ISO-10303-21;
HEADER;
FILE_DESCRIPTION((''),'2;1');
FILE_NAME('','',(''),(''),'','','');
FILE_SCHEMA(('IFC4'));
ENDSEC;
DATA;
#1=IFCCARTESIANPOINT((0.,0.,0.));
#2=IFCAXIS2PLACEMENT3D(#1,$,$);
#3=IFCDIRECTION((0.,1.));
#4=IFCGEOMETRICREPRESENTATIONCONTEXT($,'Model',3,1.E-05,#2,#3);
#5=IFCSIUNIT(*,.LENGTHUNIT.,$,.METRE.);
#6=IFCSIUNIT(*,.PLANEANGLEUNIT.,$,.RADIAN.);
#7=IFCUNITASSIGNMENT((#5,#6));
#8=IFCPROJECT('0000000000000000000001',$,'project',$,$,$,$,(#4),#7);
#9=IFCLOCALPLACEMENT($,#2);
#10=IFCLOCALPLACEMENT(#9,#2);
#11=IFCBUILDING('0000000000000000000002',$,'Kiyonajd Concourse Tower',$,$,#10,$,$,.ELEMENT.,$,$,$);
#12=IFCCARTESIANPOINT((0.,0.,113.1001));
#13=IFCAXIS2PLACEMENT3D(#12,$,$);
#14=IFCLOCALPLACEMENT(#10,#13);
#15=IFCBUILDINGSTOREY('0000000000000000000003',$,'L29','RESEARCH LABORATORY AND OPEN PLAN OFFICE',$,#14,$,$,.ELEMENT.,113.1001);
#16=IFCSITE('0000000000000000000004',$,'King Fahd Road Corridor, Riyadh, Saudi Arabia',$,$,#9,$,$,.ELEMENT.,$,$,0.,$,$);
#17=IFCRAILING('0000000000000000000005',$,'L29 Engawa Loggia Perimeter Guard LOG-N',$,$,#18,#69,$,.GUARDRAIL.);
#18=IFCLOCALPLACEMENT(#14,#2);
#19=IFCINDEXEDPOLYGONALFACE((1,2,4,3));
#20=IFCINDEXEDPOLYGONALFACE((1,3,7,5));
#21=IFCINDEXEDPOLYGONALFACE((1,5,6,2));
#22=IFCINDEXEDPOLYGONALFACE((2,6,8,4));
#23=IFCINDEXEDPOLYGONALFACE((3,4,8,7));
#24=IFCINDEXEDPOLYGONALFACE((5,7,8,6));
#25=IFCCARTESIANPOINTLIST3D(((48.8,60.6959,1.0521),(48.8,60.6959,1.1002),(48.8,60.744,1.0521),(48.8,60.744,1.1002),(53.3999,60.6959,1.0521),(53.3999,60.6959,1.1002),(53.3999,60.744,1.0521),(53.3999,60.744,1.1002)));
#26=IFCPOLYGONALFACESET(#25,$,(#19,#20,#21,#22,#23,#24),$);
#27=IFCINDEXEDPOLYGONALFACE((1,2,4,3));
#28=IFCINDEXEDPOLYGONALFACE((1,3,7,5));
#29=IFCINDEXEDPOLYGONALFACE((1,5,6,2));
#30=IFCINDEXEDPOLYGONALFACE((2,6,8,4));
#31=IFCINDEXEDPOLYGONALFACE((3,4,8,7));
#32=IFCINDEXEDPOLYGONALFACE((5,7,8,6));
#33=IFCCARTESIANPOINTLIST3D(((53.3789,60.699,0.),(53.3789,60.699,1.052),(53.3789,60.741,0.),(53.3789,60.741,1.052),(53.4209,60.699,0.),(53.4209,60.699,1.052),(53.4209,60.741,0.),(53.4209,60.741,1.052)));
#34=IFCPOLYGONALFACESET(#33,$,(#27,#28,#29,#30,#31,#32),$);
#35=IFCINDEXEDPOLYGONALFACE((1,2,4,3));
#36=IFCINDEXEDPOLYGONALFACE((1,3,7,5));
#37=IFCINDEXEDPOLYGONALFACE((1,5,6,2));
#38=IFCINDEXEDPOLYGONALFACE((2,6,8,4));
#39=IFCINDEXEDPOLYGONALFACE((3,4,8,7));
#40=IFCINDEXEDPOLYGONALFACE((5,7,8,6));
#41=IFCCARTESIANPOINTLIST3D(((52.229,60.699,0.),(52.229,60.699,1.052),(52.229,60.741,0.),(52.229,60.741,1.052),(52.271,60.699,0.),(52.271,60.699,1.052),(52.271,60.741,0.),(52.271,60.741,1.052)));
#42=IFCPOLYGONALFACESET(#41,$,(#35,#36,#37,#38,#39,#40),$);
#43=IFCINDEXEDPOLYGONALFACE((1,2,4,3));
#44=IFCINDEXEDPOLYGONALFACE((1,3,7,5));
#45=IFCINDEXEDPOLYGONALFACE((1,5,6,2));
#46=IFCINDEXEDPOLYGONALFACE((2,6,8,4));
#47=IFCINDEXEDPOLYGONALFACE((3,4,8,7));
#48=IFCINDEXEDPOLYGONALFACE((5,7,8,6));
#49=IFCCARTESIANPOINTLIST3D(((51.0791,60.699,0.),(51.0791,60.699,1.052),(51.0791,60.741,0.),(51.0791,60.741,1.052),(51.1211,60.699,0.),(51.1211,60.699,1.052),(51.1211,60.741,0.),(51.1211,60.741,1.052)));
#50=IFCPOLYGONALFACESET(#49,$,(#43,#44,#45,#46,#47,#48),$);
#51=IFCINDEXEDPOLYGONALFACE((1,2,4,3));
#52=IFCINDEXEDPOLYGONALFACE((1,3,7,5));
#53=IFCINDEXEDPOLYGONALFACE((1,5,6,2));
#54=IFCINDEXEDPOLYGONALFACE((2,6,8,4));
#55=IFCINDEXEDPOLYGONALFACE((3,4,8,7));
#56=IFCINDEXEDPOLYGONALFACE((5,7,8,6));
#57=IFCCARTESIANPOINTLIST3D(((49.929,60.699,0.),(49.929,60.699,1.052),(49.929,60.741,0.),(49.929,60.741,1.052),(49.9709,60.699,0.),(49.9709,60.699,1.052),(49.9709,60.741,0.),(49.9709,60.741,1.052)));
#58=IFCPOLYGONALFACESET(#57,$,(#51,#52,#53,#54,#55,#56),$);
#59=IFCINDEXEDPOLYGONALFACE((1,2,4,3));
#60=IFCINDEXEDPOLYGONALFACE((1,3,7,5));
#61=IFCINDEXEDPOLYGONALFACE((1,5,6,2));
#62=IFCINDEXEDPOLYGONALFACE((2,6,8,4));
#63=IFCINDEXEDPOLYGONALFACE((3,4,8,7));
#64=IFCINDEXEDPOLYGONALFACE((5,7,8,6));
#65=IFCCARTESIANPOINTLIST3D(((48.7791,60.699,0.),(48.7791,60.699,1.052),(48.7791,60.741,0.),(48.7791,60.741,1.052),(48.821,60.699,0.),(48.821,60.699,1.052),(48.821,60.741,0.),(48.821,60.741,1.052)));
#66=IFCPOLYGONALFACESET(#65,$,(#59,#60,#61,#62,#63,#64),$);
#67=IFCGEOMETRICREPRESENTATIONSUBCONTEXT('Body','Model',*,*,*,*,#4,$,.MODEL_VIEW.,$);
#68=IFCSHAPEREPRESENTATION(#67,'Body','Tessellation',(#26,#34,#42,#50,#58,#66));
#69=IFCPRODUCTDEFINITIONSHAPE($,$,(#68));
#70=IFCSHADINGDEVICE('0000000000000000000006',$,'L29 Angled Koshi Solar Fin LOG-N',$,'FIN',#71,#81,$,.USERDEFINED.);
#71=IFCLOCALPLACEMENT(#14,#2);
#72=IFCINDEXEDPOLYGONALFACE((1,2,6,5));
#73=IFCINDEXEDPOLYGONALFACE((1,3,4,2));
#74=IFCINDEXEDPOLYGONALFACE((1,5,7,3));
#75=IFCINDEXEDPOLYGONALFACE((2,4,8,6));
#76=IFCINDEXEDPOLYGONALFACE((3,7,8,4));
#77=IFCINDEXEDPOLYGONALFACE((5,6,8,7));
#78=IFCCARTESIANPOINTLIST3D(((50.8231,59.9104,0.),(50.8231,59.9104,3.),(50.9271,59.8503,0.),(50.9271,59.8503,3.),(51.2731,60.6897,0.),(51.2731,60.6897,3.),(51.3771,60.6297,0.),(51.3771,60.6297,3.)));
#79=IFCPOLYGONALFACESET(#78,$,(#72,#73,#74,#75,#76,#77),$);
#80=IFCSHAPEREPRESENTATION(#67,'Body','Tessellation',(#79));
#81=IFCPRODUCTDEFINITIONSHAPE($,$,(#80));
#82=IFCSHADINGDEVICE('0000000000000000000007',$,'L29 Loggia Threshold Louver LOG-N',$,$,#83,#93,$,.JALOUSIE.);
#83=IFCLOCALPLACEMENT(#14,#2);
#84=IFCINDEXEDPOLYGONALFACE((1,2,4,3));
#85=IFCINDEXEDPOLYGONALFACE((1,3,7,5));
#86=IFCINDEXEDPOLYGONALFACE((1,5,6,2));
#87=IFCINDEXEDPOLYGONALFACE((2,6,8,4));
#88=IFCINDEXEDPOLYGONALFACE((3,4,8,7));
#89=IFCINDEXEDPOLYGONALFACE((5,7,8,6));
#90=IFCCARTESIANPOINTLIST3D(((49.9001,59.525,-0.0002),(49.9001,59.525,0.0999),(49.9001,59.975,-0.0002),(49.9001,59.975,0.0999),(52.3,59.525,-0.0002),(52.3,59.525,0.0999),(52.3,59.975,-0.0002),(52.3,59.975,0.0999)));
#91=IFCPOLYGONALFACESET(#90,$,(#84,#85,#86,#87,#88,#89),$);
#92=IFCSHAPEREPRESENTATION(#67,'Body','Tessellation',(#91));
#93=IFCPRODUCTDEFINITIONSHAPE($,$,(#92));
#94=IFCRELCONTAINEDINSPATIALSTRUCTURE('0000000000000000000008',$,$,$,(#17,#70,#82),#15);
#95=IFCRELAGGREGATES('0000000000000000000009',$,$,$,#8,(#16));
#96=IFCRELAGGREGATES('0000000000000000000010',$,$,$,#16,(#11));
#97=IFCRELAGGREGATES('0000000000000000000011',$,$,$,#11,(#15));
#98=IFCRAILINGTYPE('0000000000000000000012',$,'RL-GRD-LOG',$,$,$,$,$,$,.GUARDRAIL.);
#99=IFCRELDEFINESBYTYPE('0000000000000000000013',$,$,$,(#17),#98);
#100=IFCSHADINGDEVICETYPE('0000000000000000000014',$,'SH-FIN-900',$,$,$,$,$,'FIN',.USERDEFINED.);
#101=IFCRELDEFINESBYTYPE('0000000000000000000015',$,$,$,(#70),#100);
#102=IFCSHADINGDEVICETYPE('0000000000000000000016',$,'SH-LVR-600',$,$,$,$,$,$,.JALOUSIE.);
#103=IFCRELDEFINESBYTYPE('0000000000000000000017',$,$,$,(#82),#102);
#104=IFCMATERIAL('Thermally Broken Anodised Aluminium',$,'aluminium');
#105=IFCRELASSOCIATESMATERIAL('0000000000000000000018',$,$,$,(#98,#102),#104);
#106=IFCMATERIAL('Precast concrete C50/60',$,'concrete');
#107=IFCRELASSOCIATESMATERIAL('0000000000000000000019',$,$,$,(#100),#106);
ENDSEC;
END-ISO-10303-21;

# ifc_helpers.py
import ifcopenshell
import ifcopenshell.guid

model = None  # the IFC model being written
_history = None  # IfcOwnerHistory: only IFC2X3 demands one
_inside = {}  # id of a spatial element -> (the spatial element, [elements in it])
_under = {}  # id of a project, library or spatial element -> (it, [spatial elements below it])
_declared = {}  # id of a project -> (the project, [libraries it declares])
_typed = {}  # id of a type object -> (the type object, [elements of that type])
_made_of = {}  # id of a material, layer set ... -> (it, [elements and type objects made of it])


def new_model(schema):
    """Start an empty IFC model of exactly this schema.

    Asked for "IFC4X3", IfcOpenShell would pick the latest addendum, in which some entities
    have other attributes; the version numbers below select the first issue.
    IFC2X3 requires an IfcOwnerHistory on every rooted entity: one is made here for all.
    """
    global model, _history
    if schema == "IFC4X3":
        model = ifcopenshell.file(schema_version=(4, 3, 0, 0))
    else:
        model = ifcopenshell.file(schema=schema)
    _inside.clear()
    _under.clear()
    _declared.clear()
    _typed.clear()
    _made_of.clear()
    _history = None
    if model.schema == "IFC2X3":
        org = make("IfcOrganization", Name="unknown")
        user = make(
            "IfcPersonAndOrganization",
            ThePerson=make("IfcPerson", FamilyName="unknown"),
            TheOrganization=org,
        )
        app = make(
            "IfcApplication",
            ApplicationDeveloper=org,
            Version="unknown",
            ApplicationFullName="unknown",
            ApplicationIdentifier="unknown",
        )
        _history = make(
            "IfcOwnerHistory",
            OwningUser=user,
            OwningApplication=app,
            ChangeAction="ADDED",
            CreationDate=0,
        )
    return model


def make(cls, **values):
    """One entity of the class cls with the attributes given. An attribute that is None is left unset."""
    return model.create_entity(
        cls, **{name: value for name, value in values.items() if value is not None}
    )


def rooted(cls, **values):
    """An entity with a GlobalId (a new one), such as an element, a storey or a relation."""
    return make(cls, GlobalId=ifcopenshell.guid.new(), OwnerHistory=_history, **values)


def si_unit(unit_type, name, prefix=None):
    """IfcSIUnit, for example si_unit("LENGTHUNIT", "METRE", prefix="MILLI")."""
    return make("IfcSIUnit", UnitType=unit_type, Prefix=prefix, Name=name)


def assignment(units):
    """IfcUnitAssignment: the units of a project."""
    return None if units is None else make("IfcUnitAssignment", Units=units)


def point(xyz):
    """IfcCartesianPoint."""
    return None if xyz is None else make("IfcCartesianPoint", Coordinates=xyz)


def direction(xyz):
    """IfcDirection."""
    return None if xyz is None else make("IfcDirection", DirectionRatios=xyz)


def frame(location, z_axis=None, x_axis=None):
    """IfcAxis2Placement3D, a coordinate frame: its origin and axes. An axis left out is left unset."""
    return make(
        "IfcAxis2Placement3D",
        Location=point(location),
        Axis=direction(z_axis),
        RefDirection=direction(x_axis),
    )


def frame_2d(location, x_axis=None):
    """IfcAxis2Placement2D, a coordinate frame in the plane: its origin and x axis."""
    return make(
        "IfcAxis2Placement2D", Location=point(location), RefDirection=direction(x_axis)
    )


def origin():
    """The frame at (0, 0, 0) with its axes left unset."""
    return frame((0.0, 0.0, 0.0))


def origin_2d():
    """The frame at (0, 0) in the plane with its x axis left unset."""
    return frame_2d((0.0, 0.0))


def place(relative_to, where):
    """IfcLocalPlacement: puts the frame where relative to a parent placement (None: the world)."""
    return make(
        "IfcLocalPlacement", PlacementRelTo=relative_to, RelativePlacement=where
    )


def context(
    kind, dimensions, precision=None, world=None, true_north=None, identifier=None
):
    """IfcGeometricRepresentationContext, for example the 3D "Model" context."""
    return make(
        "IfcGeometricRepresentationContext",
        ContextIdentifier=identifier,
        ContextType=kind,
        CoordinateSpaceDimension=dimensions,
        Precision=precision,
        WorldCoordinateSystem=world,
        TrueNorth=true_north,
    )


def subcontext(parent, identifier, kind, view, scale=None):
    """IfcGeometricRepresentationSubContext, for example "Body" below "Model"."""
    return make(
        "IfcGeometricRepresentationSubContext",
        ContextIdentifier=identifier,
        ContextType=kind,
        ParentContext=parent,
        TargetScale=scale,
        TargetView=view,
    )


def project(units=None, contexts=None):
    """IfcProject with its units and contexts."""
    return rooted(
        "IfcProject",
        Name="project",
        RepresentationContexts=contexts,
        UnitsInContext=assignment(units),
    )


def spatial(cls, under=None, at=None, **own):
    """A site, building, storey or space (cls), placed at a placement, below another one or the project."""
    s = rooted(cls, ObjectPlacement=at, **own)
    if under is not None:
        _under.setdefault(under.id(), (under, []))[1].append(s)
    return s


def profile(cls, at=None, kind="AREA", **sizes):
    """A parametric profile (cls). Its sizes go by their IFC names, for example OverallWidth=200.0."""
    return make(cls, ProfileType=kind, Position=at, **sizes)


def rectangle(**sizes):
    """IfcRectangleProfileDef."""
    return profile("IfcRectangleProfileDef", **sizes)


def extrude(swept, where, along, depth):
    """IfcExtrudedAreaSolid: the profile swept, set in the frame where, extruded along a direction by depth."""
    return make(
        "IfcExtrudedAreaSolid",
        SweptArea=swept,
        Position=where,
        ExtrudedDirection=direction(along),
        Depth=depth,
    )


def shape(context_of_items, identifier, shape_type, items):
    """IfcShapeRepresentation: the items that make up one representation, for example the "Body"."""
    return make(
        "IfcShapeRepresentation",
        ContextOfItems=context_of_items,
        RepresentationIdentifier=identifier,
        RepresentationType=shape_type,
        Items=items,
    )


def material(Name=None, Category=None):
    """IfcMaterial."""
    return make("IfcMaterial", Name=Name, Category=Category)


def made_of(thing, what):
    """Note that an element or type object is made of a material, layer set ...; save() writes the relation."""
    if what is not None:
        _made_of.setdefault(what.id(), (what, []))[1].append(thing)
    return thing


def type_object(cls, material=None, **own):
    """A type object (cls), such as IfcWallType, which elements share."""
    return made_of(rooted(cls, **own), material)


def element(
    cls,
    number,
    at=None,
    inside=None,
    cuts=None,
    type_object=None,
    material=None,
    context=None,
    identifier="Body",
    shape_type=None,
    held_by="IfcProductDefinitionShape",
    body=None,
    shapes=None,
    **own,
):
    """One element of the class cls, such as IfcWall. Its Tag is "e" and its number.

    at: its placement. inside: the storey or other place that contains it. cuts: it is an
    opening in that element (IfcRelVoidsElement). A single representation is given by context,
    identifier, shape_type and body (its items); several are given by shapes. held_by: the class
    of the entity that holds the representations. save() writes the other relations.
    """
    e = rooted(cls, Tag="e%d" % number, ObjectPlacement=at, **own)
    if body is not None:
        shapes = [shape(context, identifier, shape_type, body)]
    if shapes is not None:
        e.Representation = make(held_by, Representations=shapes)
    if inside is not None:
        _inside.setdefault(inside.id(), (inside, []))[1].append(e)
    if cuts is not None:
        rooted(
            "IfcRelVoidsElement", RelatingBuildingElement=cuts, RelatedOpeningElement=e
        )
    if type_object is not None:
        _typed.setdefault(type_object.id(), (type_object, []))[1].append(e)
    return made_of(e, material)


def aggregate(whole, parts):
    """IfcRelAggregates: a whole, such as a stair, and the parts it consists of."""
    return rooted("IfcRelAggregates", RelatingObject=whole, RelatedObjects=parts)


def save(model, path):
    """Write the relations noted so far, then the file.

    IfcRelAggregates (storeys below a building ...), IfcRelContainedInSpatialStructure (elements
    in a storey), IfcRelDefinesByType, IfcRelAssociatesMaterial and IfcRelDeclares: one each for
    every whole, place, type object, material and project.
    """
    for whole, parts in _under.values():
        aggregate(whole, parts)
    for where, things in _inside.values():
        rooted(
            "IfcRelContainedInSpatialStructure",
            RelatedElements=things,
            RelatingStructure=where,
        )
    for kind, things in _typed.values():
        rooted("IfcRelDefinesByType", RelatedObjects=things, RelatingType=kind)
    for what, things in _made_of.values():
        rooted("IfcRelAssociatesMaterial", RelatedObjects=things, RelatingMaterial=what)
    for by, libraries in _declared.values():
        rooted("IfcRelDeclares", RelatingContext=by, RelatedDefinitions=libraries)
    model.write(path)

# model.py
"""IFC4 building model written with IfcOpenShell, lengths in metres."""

from ifc_helpers import new_model, si_unit, direction, frame, origin, origin_2d, place, context, subcontext, project, spatial, rectangle, extrude, material, type_object, element, save


model = new_model("IFC4")

# Units and contexts
model_context = context("Model", 3, precision=1e-05, world=origin(), true_north=direction((0.0, 1.0)))
body_context = subcontext(model_context, "Body", "Model", "MODEL_VIEW")
ifc_project = project(units=[si_unit("LENGTHUNIT", "METRE"), si_unit("PLANEANGLEUNIT", "RADIAN")], contexts=[model_context])

# Site, building, storey
site_placement = place(None, origin())
site = spatial("IfcSite", under=ifc_project, at=site_placement, Name="King Fahd Road Corridor, Riyadh, Saudi Arabia", CompositionType="ELEMENT", RefElevation=0.0)
building_placement = place(site_placement, origin())
building = spatial("IfcBuilding", under=site, at=building_placement, Name="Kiyonajd Concourse Tower", CompositionType="ELEMENT")
storey_placement = place(building_placement, frame((0.0, 0.0, 113.1001)))
storey = spatial("IfcBuildingStorey", under=building, at=storey_placement, Name="L29", Description="RESEARCH LABORATORY AND OPEN PLAN OFFICE", CompositionType="ELEMENT", Elevation=113.1001)

# Shared definitions
ifc_material_1 = material(Name="Precast concrete C50/60", Category="concrete")

# Shared definitions
ifc_material_2 = material(Name="Thermally Broken Anodised Aluminium", Category="aluminium")

# Railing
railing_type = type_object("IfcRailingType", Name="RL-GRD-LOG", PredefinedType="GUARDRAIL", material=ifc_material_2)
railing_placement = place(storey_placement, frame((53.3999, 60.72, 0.0)))
element("IfcRailing", 1, at=railing_placement, inside=storey, type_object=railing_type, Name="L29 Engawa Loggia Perimeter Guard LOG-N", PredefinedType="GUARDRAIL", context=body_context, shape_type="SweptSolid", body=[
    extrude(rectangle(XDim=0.0481, YDim=0.0481, at=origin_2d()), frame((0.0, 0.0, 1.0762), z_axis=(-1.0, 0.0, 0.0), x_axis=(0.0, -1.0, 0.0)), (0.0, 0.0, 1.0), 4.5999),
    extrude(rectangle(XDim=0.042, YDim=0.042, at=origin_2d()), origin(), (0.0, 0.0, 1.0), 1.052),
    extrude(rectangle(XDim=0.042, YDim=0.042, at=origin_2d()), frame((-1.1499, 0.0, 0.0)), (0.0, 0.0, 1.0), 1.052),
    extrude(rectangle(XDim=0.042, YDim=0.042, at=origin_2d()), frame((-2.2998, 0.0, 0.0)), (0.0, 0.0, 1.0), 1.052),
    extrude(rectangle(XDim=0.042, YDim=0.042, at=origin_2d()), frame((-3.45, 0.0, 0.0)), (0.0, 0.0, 1.0), 1.052),
    extrude(rectangle(XDim=0.042, YDim=0.042, at=origin_2d()), frame((-4.5999, 0.0, 0.0)), (0.0, 0.0, 1.0), 1.052),
])

# Shading devices
shading_device_type_1 = type_object("IfcShadingDeviceType", Name="SH-FIN-900", ElementType="FIN", PredefinedType="USERDEFINED", material=ifc_material_1)
shading_device_1_placement = place(storey_placement, frame((51.1001, 60.27, 0.0), z_axis=(0.0, 0.0, 1.0), x_axis=(0.5, 0.866025, 0.0)))
element("IfcShadingDevice", 2, at=shading_device_1_placement, inside=storey, type_object=shading_device_type_1, Name="L29 Angled Koshi Solar Fin LOG-N", ObjectType="FIN", PredefinedType="USERDEFINED", context=body_context, shape_type="SweptSolid", body=[
    extrude(rectangle(XDim=0.8999, YDim=0.1201, at=origin_2d()), origin(), (0.0, 0.0, 1.0), 3.0),
])
shading_device_type_2 = type_object("IfcShadingDeviceType", Name="SH-LVR-600", PredefinedType="JALOUSIE", material=ifc_material_2)
shading_device_2_placement = place(storey_placement, frame((51.1001, 59.75, -0.0002), z_axis=(0.0, 0.0, 1.0), x_axis=(1.0, 0.0, 0.0)))
element("IfcShadingDevice", 3, at=shading_device_2_placement, inside=storey, type_object=shading_device_type_2, Name="L29 Loggia Threshold Louver LOG-N", PredefinedType="JALOUSIE", context=body_context, shape_type="SweptSolid", body=[
    extrude(rectangle(XDim=2.3999, YDim=0.45, at=origin_2d()), origin(), (0.0, 0.0, 1.0), 0.1001),
])

save(model, "model.ifc")
